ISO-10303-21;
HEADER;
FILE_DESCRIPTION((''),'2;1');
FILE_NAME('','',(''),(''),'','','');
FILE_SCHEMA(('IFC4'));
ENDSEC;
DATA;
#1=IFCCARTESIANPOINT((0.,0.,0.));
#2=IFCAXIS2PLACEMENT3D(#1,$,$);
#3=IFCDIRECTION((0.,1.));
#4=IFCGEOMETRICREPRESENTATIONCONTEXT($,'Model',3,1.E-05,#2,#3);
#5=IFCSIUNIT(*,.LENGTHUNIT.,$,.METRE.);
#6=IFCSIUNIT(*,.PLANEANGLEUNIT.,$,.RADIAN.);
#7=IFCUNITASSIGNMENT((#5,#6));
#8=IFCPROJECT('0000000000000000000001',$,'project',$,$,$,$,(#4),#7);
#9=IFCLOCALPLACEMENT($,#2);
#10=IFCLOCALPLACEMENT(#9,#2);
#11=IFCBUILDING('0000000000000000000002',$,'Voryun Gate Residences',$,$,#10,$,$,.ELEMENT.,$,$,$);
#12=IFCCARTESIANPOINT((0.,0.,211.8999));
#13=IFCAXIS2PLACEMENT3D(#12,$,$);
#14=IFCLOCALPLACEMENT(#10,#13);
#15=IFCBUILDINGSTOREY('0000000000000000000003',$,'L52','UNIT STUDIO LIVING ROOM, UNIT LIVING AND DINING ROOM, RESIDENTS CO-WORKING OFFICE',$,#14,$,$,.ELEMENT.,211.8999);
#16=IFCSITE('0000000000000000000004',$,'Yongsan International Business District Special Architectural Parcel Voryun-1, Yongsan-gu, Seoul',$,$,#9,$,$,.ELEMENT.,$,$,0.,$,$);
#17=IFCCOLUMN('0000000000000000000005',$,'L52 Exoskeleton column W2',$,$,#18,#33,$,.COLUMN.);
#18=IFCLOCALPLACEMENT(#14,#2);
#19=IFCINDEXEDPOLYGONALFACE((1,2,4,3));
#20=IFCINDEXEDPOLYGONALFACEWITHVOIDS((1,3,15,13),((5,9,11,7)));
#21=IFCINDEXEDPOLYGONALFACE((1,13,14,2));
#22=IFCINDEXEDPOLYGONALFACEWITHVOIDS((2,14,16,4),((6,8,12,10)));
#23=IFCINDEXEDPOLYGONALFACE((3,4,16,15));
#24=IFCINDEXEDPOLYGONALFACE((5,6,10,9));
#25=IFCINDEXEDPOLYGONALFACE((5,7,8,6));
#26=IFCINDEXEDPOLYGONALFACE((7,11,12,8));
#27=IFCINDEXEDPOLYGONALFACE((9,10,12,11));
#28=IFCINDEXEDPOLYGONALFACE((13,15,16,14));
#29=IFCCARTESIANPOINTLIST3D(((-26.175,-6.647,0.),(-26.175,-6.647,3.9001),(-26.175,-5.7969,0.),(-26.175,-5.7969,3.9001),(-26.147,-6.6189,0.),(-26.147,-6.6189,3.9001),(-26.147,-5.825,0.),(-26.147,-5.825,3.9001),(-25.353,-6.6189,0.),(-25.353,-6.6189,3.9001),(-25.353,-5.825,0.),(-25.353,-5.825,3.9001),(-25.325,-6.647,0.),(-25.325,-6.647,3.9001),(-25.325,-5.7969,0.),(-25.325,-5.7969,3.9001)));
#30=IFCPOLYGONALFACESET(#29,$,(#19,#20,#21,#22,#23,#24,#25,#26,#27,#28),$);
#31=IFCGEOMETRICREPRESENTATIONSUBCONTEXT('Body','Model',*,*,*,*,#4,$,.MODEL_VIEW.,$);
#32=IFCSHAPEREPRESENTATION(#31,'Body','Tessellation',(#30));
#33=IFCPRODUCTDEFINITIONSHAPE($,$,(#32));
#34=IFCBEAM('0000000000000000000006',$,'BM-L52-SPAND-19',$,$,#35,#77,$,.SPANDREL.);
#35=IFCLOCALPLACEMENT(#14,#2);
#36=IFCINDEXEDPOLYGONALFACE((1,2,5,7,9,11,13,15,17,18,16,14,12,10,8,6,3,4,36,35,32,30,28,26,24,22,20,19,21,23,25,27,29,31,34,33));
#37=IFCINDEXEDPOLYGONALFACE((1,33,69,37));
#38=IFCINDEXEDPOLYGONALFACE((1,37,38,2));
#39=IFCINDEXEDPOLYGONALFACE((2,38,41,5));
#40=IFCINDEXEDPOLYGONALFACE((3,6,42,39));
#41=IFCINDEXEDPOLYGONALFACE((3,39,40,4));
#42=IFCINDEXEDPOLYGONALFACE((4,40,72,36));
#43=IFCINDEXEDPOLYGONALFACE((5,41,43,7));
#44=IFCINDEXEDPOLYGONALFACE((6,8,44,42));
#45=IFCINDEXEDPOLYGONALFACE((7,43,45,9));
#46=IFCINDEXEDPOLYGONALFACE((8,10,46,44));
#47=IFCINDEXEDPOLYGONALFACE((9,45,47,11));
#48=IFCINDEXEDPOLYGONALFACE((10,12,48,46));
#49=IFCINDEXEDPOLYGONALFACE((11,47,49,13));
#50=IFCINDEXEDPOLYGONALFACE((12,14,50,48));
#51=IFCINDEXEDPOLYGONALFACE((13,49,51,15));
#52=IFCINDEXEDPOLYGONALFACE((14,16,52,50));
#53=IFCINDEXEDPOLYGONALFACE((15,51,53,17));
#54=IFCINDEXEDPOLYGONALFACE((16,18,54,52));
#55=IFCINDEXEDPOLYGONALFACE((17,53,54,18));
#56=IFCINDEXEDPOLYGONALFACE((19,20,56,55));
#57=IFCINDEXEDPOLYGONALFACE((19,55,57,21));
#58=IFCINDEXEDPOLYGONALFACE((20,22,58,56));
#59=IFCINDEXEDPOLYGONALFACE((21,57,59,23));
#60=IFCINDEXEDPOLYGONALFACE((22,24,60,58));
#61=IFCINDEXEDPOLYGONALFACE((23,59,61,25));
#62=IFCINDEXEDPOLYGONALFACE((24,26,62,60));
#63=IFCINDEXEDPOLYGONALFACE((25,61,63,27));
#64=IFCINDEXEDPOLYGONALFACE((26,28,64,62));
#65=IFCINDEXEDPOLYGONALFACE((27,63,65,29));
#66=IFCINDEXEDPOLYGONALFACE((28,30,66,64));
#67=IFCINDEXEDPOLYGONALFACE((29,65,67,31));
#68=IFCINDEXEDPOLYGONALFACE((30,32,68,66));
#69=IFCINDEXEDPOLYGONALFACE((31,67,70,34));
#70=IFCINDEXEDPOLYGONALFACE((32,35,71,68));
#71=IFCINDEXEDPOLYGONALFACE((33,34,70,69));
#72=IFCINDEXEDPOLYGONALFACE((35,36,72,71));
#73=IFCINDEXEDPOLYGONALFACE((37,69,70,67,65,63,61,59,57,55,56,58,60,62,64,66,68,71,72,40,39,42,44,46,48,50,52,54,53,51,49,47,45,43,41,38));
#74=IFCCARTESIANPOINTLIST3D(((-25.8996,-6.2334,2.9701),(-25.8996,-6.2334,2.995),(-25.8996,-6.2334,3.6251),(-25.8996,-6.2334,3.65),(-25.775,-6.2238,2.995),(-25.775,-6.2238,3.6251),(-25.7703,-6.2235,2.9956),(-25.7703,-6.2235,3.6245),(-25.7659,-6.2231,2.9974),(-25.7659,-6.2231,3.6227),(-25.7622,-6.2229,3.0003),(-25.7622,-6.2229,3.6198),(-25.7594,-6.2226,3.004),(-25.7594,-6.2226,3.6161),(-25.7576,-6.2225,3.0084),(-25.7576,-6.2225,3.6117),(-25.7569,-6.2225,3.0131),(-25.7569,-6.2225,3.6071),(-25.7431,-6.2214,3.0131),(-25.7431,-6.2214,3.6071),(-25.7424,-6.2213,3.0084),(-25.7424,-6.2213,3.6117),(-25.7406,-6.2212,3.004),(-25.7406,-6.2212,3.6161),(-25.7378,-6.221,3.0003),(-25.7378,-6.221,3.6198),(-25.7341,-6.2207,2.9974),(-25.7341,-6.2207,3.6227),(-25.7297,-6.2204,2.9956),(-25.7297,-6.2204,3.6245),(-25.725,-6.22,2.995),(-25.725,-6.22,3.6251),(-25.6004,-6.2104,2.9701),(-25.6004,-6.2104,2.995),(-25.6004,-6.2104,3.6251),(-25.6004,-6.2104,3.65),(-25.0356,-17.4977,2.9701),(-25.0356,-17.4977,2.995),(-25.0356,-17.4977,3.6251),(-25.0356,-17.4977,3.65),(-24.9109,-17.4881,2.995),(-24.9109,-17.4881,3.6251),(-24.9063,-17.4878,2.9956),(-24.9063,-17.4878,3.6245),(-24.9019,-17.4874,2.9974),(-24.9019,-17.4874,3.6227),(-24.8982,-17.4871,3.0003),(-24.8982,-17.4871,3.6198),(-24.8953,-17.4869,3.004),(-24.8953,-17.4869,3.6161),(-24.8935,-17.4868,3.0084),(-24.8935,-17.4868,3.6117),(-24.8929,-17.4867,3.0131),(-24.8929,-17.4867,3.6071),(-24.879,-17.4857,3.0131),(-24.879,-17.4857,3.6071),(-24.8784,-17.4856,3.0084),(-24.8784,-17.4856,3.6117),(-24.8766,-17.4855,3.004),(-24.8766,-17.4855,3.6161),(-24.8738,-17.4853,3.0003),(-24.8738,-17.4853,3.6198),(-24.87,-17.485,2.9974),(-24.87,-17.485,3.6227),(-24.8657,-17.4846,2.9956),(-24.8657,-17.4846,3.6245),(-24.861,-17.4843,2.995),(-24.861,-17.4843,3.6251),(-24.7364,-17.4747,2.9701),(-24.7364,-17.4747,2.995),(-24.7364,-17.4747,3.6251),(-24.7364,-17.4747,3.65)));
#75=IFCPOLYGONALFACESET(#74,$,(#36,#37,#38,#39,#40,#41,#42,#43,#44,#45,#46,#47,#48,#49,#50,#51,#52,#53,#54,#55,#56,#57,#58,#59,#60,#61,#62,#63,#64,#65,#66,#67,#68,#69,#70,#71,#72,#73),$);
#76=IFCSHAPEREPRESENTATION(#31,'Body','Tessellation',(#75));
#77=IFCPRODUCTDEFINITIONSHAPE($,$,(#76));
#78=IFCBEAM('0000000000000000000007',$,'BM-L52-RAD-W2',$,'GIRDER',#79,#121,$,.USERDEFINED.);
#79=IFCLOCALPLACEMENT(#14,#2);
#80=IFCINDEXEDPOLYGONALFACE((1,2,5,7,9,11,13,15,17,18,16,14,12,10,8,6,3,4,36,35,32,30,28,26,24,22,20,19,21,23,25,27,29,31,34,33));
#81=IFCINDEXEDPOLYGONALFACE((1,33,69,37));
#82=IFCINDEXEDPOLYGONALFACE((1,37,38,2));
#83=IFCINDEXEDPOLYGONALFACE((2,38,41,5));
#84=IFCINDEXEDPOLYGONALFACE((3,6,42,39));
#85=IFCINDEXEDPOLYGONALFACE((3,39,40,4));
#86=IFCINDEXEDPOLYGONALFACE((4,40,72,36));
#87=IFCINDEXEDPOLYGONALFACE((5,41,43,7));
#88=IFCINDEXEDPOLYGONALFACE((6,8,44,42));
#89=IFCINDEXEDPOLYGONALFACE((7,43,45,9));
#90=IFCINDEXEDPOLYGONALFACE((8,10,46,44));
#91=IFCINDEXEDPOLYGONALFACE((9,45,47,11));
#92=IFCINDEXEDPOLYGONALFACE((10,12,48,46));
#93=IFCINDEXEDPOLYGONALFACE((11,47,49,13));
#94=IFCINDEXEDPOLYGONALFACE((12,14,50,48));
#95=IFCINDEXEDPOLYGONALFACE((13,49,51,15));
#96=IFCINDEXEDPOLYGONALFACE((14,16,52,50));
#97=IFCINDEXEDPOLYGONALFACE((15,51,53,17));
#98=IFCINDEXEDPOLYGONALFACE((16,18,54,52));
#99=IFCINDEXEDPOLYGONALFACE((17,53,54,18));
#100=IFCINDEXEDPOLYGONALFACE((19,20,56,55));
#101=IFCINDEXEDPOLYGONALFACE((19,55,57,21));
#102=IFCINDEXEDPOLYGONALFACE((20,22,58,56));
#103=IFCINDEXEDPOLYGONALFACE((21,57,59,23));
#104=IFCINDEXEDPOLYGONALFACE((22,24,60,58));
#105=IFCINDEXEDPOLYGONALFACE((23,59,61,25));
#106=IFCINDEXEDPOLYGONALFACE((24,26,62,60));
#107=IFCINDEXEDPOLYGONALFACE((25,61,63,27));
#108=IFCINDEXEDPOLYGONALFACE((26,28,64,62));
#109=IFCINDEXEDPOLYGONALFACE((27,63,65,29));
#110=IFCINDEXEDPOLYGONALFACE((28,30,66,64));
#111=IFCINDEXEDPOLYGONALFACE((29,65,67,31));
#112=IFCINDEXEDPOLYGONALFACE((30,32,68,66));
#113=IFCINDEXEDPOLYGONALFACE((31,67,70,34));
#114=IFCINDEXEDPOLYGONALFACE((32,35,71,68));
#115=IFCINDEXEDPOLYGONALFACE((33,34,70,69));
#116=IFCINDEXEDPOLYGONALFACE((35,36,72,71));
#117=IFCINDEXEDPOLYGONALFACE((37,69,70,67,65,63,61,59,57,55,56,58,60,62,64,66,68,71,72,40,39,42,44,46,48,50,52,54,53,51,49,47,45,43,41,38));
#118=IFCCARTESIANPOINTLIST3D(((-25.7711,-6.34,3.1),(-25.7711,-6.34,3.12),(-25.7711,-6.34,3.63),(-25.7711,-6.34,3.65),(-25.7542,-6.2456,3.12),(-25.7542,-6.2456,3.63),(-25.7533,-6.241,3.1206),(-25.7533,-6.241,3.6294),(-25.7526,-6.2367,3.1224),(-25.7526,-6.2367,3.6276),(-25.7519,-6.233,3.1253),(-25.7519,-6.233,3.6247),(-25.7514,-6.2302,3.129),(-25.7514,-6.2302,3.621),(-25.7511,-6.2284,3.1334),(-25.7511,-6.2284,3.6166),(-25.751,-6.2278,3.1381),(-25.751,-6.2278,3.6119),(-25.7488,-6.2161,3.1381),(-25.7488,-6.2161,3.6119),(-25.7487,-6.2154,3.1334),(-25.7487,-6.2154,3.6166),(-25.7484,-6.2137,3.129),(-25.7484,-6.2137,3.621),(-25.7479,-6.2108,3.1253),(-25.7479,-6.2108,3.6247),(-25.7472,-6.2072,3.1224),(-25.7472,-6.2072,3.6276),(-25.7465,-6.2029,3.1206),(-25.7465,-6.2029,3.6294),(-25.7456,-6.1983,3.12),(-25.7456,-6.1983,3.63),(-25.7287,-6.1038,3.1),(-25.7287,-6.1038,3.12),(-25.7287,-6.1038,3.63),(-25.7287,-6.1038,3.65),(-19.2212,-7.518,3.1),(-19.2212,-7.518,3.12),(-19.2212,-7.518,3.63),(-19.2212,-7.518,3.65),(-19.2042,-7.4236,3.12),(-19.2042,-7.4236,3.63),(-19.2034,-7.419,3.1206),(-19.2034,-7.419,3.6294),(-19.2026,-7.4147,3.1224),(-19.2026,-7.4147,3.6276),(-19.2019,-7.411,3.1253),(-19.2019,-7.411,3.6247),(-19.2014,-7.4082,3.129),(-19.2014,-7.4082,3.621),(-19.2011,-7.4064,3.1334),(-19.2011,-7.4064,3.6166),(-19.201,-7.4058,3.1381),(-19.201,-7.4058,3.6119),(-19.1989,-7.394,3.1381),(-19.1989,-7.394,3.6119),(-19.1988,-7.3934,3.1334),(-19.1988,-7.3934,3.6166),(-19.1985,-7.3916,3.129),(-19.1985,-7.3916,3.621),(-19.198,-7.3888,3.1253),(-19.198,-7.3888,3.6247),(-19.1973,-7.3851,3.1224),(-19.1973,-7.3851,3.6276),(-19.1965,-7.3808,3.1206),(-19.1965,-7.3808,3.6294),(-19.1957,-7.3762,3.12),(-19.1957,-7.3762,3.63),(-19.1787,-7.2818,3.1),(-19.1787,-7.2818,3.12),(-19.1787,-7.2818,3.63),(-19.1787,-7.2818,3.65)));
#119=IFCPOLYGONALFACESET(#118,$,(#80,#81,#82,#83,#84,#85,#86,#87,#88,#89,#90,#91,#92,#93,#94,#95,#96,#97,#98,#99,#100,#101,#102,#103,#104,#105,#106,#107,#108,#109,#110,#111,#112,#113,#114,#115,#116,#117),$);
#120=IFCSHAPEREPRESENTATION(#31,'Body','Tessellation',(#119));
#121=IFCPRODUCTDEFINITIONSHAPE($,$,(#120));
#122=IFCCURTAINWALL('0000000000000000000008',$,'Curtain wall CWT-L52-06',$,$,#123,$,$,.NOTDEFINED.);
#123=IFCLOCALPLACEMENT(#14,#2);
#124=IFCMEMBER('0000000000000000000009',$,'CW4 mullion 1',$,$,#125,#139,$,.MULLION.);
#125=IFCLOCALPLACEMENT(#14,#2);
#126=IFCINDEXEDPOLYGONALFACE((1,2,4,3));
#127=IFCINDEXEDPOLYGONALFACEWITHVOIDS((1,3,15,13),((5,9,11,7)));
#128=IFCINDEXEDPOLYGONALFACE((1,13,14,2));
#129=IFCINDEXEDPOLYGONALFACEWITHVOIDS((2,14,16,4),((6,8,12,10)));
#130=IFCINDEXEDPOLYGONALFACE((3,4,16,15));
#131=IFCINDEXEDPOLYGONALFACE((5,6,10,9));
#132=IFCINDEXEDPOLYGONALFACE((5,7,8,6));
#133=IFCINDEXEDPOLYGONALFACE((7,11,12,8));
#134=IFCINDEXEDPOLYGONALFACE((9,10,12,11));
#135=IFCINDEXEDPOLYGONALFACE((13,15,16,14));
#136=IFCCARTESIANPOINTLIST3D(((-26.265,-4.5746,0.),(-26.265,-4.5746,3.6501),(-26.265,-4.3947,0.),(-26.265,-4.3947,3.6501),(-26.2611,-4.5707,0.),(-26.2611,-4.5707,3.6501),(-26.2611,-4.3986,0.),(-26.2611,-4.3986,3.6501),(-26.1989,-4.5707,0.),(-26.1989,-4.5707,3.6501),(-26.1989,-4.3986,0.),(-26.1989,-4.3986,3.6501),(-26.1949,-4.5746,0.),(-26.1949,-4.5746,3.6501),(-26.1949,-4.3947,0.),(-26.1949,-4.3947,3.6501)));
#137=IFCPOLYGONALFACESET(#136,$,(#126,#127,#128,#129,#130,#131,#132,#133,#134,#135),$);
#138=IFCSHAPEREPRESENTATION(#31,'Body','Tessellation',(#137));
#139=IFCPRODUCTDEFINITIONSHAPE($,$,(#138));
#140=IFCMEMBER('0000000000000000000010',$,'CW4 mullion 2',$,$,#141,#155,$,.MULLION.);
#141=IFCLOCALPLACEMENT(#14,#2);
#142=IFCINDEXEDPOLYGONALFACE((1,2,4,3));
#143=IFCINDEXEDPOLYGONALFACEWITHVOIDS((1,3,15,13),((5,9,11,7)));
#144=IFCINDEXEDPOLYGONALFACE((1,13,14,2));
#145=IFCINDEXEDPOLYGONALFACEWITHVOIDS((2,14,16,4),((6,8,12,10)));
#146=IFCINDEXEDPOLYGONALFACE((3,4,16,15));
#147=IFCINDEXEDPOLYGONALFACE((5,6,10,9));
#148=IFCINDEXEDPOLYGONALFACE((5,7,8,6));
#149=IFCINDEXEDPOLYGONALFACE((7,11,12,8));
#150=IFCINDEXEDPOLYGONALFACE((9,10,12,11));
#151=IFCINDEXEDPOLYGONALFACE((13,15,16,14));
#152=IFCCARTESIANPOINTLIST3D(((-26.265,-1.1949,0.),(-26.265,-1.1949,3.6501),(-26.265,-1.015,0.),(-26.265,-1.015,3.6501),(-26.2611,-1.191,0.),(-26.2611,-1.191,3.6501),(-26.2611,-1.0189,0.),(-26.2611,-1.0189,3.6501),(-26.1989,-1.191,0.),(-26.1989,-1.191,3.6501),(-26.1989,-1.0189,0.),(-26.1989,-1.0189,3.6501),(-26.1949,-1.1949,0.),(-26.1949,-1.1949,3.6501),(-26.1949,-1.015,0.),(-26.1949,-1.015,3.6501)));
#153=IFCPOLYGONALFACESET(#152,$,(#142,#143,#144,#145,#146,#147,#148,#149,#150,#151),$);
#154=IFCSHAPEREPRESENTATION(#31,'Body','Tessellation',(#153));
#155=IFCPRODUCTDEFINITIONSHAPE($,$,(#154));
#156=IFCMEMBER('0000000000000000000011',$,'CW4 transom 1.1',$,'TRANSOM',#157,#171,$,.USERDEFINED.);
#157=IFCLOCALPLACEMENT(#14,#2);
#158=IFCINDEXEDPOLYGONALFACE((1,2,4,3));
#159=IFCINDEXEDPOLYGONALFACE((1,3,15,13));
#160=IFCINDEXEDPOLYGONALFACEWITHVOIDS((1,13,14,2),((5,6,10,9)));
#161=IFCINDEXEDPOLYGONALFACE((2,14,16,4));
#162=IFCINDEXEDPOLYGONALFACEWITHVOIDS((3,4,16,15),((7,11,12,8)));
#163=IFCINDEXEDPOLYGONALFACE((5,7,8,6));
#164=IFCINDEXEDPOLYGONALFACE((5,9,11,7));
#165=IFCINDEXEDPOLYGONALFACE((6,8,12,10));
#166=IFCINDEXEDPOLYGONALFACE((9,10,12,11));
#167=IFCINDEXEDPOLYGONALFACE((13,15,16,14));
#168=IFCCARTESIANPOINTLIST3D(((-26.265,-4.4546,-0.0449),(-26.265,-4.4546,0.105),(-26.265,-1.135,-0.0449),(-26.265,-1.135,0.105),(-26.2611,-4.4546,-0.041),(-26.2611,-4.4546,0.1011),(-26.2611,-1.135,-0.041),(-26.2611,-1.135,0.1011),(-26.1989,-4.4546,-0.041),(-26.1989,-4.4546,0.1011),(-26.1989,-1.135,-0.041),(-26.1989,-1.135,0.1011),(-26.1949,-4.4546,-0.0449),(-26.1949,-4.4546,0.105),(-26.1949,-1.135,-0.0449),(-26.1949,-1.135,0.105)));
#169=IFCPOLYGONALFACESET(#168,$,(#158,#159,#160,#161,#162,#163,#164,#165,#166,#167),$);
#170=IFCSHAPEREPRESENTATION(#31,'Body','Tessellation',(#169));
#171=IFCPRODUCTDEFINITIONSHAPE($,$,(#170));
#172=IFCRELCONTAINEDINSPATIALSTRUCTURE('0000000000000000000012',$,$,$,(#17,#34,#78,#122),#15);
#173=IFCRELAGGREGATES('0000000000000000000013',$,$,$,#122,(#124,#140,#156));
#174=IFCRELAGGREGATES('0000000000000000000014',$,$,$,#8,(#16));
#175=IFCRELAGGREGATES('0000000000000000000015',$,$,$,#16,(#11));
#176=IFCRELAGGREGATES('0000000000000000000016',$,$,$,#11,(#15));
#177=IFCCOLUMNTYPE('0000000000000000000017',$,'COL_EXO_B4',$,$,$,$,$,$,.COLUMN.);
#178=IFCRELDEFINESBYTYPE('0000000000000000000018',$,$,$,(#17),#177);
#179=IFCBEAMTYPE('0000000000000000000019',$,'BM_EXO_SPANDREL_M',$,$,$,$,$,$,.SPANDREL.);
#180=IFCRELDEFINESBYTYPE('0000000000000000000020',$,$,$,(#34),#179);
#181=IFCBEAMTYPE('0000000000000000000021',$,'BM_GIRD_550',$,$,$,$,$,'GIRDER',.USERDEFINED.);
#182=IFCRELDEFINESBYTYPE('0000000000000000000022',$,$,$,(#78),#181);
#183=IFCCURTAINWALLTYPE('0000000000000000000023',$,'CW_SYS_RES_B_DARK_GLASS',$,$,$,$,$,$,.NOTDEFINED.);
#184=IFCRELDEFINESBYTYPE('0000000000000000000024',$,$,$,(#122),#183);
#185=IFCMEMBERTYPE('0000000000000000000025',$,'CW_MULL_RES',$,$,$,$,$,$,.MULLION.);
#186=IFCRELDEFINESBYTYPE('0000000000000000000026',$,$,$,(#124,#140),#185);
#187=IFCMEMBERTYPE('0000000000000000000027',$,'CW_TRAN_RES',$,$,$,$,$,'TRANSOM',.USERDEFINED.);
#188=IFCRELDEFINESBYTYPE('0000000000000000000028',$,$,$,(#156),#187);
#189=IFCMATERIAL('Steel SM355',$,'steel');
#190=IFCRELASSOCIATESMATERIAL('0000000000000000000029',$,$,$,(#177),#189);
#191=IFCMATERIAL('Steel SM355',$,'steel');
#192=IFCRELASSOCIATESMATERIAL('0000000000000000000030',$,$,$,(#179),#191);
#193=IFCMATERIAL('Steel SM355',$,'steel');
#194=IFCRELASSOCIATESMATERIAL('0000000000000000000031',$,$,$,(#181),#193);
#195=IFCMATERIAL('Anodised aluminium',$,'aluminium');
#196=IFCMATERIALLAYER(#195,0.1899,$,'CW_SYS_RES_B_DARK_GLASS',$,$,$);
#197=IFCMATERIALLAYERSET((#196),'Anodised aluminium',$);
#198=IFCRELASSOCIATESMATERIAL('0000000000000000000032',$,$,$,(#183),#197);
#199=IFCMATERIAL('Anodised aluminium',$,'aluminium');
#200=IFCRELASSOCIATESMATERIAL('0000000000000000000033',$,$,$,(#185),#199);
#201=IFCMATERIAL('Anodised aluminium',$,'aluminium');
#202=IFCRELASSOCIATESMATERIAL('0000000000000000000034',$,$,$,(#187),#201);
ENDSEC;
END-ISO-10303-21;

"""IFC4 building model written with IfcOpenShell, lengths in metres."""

from ifc_helpers import new_model, si_unit, direction, frame, origin, origin_2d, place, context, subcontext, project, spatial, hollow_rectangle, i_section, extrude, material, layer, layer_set, material_profile, profile_set, type_object, element, aggregate, save


model = new_model("IFC4")

# Units and contexts
model_context = context("Model", 3, precision=1e-05, world=origin(), true_north=direction((0.0, 1.0)))
body_context = subcontext(model_context, "Body", "Model", "MODEL_VIEW")
ifc_project = project(units=[si_unit("LENGTHUNIT", "METRE"), si_unit("PLANEANGLEUNIT", "RADIAN")], contexts=[model_context])

# Site, building, storey
site_placement = place(None, origin())
site = spatial("IfcSite", under=ifc_project, at=site_placement, Name="Yongsan International Business District Special Architectural Parcel Voryun-1, Yongsan-gu, Seoul", CompositionType="ELEMENT", RefElevation=0.0)
building_placement = place(site_placement, origin())
building = spatial("IfcBuilding", under=site, at=building_placement, Name="Voryun Gate Residences", CompositionType="ELEMENT")
storey_placement = place(building_placement, frame((0.0, 0.0, 211.8999)))
storey = spatial("IfcBuildingStorey", under=building, at=storey_placement, Name="L52", Description="UNIT STUDIO LIVING ROOM, UNIT LIVING AND DINING ROOM, RESIDENTS CO-WORKING OFFICE", CompositionType="ELEMENT", Elevation=211.8999)

# Column
ifc_material_1 = material(Name="Steel SM355", Category="steel")
ifc_material_profile_1 = material_profile(ifc_material_1, hollow_rectangle(XDim=0.8501, YDim=0.8501, WallThickness=0.0281, at=origin_2d()), Name="BOX-850x850x28")
ifc_profile_set_1 = profile_set([ifc_material_profile_1], Name="Steel SM355")
column_type = type_object("IfcColumnType", Name="COL_EXO_B4", PredefinedType="COLUMN", material=ifc_profile_set_1)
column_placement = place(storey_placement, frame((-25.75, -6.2219, 0.0), z_axis=(0.0, 0.0, 1.0), x_axis=(1.0, 0.0, 0.0)))
element("IfcColumn", 1, at=column_placement, inside=storey, type_object=column_type, Name="L52 Exoskeleton column W2", PredefinedType="COLUMN", context=body_context, shape_type="SweptSolid", body=[
    extrude(hollow_rectangle(XDim=0.8501, YDim=0.8501, WallThickness=0.0281, at=origin_2d()), origin(), (0.0, 0.0, 1.0), 3.9001),
])

# Beams
ifc_material_2 = material(Name="Steel SM355", Category="steel")
ifc_material_profile_2 = material_profile(ifc_material_2, i_section(OverallWidth=0.3, OverallDepth=0.6799, WebThickness=0.0139, FlangeThickness=0.0249, FilletRadius=0.0181, at=origin_2d()), Name="H-680x300x14x25")
ifc_profile_set_2 = profile_set([ifc_material_profile_2], Name="Steel SM355")
beam_type_1 = type_object("IfcBeamType", Name="BM_EXO_SPANDREL_M", PredefinedType="SPANDREL", material=ifc_profile_set_2)
beam_1_placement = place(storey_placement, frame((-25.75, -6.2219, 3.3101), z_axis=(0.07648, -0.997071, 0.0), x_axis=(0.997071, 0.07648, 0.0)))
element("IfcBeam", 2, at=beam_1_placement, inside=storey, type_object=beam_type_1, Name="BM-L52-SPAND-19", PredefinedType="SPANDREL", context=body_context, shape_type="SweptSolid", body=[
    extrude(i_section(OverallWidth=0.3, OverallDepth=0.6799, WebThickness=0.0139, FlangeThickness=0.0249, FilletRadius=0.0181, at=origin_2d()), origin(), (0.0, 0.0, 1.0), 11.2974),
])
ifc_material_3 = material(Name="Steel SM355", Category="steel")
ifc_material_profile_3 = material_profile(ifc_material_3, i_section(OverallWidth=0.24, OverallDepth=0.55, WebThickness=0.012, FlangeThickness=0.02, FilletRadius=0.0181, at=origin_2d()), Name="H-550x240x12x20")
ifc_profile_set_3 = profile_set([ifc_material_profile_3], Name="Steel SM355")
beam_type_2 = type_object("IfcBeamType", Name="BM_GIRD_550", ElementType="GIRDER", PredefinedType="USERDEFINED", material=ifc_profile_set_3)
beam_2_placement = place(storey_placement, frame((-19.2, -7.3999, 3.375), z_axis=(-0.98421, 0.177003, 0.0), x_axis=(-0.177003, -0.98421, 0.0)))
element("IfcBeam", 3, at=beam_2_placement, inside=storey, type_object=beam_type_2, Name="BM-L52-RAD-W2", ObjectType="GIRDER", PredefinedType="USERDEFINED", context=body_context, shape_type="SweptSolid", body=[
    extrude(i_section(OverallWidth=0.24, OverallDepth=0.55, WebThickness=0.012, FlangeThickness=0.02, FilletRadius=0.0181, at=origin_2d()), origin(), (0.0, 0.0, 1.0), 6.655),
])

# Curtain wall, members
ifc_material_4 = material(Name="Anodised aluminium", Category="aluminium")
ifc_layer_1 = layer(ifc_material_4, 0.1899, Name="CW_SYS_RES_B_DARK_GLASS")
ifc_layer_set_1 = layer_set([ifc_layer_1], Name="Anodised aluminium")
curtain_wall_type = type_object("IfcCurtainWallType", Name="CW_SYS_RES_B_DARK_GLASS", PredefinedType="NOTDEFINED", material=ifc_layer_set_1)
curtain_wall_placement = place(storey_placement, origin())
curtain_wall = element("IfcCurtainWall", 4, at=curtain_wall_placement, inside=storey, type_object=curtain_wall_type, Name="Curtain wall CWT-L52-06", PredefinedType="NOTDEFINED")
ifc_material_5 = material(Name="Anodised aluminium", Category="aluminium")
ifc_material_profile_4 = material_profile(ifc_material_5, hollow_rectangle(XDim=0.0701, YDim=0.1799, WallThickness=0.0039, at=origin_2d()), Name="ALU-MULL-180x70x4")
ifc_profile_set_4 = profile_set([ifc_material_profile_4], Name="Anodised aluminium")
member_type_1 = type_object("IfcMemberType", Name="CW_MULL_RES", PredefinedType="MULLION", material=ifc_profile_set_4)
member_1_placement = place(storey_placement, frame((-26.23, -4.4846, 0.0), z_axis=(0.0, 0.0, 1.0), x_axis=(-1.0, 0.0, 0.0)))
member_1 = element("IfcMember", 5, at=member_1_placement, type_object=member_type_1, Name="CW4 mullion 1", PredefinedType="MULLION", context=body_context, shape_type="SweptSolid", body=[
    extrude(hollow_rectangle(XDim=0.0701, YDim=0.1799, WallThickness=0.0039, at=origin_2d()), origin(), (0.0, 0.0, 1.0), 3.6501),
])
member_2_placement = place(storey_placement, frame((-26.23, -1.105, 0.0), z_axis=(0.0, 0.0, 1.0), x_axis=(-1.0, 0.0, 0.0)))
member_2 = element("IfcMember", 6, at=member_2_placement, type_object=member_type_1, Name="CW4 mullion 2", PredefinedType="MULLION", context=body_context, shape_type="SweptSolid", body=[
    extrude(hollow_rectangle(XDim=0.0701, YDim=0.1799, WallThickness=0.0039, at=origin_2d()), origin(), (0.0, 0.0, 1.0), 3.6501),
])
ifc_material_6 = material(Name="Anodised aluminium", Category="aluminium")
ifc_material_profile_5 = material_profile(ifc_material_6, hollow_rectangle(XDim=0.0701, YDim=0.1499, WallThickness=0.0039, at=origin_2d()), Name="ALU-TRAN-150x70x4")
ifc_profile_set_5 = profile_set([ifc_material_profile_5], Name="Anodised aluminium")
member_type_2 = type_object("IfcMemberType", Name="CW_TRAN_RES", ElementType="TRANSOM", PredefinedType="USERDEFINED", material=ifc_profile_set_5)
member_3_placement = place(storey_placement, frame((-26.23, -4.4546, 0.03), z_axis=(0.0, 1.0, 0.0), x_axis=(-1.0, 0.0, 0.0)))
member_3 = element("IfcMember", 7, at=member_3_placement, type_object=member_type_2, Name="CW4 transom 1.1", ObjectType="TRANSOM", PredefinedType="USERDEFINED", context=body_context, shape_type="SweptSolid", body=[
    extrude(hollow_rectangle(XDim=0.0701, YDim=0.1499, WallThickness=0.0039, at=origin_2d()), origin(), (0.0, 0.0, 1.0), 3.3196),
])
aggregate(curtain_wall, [member_1, member_2, member_3])

save(model, "model.ifc")
